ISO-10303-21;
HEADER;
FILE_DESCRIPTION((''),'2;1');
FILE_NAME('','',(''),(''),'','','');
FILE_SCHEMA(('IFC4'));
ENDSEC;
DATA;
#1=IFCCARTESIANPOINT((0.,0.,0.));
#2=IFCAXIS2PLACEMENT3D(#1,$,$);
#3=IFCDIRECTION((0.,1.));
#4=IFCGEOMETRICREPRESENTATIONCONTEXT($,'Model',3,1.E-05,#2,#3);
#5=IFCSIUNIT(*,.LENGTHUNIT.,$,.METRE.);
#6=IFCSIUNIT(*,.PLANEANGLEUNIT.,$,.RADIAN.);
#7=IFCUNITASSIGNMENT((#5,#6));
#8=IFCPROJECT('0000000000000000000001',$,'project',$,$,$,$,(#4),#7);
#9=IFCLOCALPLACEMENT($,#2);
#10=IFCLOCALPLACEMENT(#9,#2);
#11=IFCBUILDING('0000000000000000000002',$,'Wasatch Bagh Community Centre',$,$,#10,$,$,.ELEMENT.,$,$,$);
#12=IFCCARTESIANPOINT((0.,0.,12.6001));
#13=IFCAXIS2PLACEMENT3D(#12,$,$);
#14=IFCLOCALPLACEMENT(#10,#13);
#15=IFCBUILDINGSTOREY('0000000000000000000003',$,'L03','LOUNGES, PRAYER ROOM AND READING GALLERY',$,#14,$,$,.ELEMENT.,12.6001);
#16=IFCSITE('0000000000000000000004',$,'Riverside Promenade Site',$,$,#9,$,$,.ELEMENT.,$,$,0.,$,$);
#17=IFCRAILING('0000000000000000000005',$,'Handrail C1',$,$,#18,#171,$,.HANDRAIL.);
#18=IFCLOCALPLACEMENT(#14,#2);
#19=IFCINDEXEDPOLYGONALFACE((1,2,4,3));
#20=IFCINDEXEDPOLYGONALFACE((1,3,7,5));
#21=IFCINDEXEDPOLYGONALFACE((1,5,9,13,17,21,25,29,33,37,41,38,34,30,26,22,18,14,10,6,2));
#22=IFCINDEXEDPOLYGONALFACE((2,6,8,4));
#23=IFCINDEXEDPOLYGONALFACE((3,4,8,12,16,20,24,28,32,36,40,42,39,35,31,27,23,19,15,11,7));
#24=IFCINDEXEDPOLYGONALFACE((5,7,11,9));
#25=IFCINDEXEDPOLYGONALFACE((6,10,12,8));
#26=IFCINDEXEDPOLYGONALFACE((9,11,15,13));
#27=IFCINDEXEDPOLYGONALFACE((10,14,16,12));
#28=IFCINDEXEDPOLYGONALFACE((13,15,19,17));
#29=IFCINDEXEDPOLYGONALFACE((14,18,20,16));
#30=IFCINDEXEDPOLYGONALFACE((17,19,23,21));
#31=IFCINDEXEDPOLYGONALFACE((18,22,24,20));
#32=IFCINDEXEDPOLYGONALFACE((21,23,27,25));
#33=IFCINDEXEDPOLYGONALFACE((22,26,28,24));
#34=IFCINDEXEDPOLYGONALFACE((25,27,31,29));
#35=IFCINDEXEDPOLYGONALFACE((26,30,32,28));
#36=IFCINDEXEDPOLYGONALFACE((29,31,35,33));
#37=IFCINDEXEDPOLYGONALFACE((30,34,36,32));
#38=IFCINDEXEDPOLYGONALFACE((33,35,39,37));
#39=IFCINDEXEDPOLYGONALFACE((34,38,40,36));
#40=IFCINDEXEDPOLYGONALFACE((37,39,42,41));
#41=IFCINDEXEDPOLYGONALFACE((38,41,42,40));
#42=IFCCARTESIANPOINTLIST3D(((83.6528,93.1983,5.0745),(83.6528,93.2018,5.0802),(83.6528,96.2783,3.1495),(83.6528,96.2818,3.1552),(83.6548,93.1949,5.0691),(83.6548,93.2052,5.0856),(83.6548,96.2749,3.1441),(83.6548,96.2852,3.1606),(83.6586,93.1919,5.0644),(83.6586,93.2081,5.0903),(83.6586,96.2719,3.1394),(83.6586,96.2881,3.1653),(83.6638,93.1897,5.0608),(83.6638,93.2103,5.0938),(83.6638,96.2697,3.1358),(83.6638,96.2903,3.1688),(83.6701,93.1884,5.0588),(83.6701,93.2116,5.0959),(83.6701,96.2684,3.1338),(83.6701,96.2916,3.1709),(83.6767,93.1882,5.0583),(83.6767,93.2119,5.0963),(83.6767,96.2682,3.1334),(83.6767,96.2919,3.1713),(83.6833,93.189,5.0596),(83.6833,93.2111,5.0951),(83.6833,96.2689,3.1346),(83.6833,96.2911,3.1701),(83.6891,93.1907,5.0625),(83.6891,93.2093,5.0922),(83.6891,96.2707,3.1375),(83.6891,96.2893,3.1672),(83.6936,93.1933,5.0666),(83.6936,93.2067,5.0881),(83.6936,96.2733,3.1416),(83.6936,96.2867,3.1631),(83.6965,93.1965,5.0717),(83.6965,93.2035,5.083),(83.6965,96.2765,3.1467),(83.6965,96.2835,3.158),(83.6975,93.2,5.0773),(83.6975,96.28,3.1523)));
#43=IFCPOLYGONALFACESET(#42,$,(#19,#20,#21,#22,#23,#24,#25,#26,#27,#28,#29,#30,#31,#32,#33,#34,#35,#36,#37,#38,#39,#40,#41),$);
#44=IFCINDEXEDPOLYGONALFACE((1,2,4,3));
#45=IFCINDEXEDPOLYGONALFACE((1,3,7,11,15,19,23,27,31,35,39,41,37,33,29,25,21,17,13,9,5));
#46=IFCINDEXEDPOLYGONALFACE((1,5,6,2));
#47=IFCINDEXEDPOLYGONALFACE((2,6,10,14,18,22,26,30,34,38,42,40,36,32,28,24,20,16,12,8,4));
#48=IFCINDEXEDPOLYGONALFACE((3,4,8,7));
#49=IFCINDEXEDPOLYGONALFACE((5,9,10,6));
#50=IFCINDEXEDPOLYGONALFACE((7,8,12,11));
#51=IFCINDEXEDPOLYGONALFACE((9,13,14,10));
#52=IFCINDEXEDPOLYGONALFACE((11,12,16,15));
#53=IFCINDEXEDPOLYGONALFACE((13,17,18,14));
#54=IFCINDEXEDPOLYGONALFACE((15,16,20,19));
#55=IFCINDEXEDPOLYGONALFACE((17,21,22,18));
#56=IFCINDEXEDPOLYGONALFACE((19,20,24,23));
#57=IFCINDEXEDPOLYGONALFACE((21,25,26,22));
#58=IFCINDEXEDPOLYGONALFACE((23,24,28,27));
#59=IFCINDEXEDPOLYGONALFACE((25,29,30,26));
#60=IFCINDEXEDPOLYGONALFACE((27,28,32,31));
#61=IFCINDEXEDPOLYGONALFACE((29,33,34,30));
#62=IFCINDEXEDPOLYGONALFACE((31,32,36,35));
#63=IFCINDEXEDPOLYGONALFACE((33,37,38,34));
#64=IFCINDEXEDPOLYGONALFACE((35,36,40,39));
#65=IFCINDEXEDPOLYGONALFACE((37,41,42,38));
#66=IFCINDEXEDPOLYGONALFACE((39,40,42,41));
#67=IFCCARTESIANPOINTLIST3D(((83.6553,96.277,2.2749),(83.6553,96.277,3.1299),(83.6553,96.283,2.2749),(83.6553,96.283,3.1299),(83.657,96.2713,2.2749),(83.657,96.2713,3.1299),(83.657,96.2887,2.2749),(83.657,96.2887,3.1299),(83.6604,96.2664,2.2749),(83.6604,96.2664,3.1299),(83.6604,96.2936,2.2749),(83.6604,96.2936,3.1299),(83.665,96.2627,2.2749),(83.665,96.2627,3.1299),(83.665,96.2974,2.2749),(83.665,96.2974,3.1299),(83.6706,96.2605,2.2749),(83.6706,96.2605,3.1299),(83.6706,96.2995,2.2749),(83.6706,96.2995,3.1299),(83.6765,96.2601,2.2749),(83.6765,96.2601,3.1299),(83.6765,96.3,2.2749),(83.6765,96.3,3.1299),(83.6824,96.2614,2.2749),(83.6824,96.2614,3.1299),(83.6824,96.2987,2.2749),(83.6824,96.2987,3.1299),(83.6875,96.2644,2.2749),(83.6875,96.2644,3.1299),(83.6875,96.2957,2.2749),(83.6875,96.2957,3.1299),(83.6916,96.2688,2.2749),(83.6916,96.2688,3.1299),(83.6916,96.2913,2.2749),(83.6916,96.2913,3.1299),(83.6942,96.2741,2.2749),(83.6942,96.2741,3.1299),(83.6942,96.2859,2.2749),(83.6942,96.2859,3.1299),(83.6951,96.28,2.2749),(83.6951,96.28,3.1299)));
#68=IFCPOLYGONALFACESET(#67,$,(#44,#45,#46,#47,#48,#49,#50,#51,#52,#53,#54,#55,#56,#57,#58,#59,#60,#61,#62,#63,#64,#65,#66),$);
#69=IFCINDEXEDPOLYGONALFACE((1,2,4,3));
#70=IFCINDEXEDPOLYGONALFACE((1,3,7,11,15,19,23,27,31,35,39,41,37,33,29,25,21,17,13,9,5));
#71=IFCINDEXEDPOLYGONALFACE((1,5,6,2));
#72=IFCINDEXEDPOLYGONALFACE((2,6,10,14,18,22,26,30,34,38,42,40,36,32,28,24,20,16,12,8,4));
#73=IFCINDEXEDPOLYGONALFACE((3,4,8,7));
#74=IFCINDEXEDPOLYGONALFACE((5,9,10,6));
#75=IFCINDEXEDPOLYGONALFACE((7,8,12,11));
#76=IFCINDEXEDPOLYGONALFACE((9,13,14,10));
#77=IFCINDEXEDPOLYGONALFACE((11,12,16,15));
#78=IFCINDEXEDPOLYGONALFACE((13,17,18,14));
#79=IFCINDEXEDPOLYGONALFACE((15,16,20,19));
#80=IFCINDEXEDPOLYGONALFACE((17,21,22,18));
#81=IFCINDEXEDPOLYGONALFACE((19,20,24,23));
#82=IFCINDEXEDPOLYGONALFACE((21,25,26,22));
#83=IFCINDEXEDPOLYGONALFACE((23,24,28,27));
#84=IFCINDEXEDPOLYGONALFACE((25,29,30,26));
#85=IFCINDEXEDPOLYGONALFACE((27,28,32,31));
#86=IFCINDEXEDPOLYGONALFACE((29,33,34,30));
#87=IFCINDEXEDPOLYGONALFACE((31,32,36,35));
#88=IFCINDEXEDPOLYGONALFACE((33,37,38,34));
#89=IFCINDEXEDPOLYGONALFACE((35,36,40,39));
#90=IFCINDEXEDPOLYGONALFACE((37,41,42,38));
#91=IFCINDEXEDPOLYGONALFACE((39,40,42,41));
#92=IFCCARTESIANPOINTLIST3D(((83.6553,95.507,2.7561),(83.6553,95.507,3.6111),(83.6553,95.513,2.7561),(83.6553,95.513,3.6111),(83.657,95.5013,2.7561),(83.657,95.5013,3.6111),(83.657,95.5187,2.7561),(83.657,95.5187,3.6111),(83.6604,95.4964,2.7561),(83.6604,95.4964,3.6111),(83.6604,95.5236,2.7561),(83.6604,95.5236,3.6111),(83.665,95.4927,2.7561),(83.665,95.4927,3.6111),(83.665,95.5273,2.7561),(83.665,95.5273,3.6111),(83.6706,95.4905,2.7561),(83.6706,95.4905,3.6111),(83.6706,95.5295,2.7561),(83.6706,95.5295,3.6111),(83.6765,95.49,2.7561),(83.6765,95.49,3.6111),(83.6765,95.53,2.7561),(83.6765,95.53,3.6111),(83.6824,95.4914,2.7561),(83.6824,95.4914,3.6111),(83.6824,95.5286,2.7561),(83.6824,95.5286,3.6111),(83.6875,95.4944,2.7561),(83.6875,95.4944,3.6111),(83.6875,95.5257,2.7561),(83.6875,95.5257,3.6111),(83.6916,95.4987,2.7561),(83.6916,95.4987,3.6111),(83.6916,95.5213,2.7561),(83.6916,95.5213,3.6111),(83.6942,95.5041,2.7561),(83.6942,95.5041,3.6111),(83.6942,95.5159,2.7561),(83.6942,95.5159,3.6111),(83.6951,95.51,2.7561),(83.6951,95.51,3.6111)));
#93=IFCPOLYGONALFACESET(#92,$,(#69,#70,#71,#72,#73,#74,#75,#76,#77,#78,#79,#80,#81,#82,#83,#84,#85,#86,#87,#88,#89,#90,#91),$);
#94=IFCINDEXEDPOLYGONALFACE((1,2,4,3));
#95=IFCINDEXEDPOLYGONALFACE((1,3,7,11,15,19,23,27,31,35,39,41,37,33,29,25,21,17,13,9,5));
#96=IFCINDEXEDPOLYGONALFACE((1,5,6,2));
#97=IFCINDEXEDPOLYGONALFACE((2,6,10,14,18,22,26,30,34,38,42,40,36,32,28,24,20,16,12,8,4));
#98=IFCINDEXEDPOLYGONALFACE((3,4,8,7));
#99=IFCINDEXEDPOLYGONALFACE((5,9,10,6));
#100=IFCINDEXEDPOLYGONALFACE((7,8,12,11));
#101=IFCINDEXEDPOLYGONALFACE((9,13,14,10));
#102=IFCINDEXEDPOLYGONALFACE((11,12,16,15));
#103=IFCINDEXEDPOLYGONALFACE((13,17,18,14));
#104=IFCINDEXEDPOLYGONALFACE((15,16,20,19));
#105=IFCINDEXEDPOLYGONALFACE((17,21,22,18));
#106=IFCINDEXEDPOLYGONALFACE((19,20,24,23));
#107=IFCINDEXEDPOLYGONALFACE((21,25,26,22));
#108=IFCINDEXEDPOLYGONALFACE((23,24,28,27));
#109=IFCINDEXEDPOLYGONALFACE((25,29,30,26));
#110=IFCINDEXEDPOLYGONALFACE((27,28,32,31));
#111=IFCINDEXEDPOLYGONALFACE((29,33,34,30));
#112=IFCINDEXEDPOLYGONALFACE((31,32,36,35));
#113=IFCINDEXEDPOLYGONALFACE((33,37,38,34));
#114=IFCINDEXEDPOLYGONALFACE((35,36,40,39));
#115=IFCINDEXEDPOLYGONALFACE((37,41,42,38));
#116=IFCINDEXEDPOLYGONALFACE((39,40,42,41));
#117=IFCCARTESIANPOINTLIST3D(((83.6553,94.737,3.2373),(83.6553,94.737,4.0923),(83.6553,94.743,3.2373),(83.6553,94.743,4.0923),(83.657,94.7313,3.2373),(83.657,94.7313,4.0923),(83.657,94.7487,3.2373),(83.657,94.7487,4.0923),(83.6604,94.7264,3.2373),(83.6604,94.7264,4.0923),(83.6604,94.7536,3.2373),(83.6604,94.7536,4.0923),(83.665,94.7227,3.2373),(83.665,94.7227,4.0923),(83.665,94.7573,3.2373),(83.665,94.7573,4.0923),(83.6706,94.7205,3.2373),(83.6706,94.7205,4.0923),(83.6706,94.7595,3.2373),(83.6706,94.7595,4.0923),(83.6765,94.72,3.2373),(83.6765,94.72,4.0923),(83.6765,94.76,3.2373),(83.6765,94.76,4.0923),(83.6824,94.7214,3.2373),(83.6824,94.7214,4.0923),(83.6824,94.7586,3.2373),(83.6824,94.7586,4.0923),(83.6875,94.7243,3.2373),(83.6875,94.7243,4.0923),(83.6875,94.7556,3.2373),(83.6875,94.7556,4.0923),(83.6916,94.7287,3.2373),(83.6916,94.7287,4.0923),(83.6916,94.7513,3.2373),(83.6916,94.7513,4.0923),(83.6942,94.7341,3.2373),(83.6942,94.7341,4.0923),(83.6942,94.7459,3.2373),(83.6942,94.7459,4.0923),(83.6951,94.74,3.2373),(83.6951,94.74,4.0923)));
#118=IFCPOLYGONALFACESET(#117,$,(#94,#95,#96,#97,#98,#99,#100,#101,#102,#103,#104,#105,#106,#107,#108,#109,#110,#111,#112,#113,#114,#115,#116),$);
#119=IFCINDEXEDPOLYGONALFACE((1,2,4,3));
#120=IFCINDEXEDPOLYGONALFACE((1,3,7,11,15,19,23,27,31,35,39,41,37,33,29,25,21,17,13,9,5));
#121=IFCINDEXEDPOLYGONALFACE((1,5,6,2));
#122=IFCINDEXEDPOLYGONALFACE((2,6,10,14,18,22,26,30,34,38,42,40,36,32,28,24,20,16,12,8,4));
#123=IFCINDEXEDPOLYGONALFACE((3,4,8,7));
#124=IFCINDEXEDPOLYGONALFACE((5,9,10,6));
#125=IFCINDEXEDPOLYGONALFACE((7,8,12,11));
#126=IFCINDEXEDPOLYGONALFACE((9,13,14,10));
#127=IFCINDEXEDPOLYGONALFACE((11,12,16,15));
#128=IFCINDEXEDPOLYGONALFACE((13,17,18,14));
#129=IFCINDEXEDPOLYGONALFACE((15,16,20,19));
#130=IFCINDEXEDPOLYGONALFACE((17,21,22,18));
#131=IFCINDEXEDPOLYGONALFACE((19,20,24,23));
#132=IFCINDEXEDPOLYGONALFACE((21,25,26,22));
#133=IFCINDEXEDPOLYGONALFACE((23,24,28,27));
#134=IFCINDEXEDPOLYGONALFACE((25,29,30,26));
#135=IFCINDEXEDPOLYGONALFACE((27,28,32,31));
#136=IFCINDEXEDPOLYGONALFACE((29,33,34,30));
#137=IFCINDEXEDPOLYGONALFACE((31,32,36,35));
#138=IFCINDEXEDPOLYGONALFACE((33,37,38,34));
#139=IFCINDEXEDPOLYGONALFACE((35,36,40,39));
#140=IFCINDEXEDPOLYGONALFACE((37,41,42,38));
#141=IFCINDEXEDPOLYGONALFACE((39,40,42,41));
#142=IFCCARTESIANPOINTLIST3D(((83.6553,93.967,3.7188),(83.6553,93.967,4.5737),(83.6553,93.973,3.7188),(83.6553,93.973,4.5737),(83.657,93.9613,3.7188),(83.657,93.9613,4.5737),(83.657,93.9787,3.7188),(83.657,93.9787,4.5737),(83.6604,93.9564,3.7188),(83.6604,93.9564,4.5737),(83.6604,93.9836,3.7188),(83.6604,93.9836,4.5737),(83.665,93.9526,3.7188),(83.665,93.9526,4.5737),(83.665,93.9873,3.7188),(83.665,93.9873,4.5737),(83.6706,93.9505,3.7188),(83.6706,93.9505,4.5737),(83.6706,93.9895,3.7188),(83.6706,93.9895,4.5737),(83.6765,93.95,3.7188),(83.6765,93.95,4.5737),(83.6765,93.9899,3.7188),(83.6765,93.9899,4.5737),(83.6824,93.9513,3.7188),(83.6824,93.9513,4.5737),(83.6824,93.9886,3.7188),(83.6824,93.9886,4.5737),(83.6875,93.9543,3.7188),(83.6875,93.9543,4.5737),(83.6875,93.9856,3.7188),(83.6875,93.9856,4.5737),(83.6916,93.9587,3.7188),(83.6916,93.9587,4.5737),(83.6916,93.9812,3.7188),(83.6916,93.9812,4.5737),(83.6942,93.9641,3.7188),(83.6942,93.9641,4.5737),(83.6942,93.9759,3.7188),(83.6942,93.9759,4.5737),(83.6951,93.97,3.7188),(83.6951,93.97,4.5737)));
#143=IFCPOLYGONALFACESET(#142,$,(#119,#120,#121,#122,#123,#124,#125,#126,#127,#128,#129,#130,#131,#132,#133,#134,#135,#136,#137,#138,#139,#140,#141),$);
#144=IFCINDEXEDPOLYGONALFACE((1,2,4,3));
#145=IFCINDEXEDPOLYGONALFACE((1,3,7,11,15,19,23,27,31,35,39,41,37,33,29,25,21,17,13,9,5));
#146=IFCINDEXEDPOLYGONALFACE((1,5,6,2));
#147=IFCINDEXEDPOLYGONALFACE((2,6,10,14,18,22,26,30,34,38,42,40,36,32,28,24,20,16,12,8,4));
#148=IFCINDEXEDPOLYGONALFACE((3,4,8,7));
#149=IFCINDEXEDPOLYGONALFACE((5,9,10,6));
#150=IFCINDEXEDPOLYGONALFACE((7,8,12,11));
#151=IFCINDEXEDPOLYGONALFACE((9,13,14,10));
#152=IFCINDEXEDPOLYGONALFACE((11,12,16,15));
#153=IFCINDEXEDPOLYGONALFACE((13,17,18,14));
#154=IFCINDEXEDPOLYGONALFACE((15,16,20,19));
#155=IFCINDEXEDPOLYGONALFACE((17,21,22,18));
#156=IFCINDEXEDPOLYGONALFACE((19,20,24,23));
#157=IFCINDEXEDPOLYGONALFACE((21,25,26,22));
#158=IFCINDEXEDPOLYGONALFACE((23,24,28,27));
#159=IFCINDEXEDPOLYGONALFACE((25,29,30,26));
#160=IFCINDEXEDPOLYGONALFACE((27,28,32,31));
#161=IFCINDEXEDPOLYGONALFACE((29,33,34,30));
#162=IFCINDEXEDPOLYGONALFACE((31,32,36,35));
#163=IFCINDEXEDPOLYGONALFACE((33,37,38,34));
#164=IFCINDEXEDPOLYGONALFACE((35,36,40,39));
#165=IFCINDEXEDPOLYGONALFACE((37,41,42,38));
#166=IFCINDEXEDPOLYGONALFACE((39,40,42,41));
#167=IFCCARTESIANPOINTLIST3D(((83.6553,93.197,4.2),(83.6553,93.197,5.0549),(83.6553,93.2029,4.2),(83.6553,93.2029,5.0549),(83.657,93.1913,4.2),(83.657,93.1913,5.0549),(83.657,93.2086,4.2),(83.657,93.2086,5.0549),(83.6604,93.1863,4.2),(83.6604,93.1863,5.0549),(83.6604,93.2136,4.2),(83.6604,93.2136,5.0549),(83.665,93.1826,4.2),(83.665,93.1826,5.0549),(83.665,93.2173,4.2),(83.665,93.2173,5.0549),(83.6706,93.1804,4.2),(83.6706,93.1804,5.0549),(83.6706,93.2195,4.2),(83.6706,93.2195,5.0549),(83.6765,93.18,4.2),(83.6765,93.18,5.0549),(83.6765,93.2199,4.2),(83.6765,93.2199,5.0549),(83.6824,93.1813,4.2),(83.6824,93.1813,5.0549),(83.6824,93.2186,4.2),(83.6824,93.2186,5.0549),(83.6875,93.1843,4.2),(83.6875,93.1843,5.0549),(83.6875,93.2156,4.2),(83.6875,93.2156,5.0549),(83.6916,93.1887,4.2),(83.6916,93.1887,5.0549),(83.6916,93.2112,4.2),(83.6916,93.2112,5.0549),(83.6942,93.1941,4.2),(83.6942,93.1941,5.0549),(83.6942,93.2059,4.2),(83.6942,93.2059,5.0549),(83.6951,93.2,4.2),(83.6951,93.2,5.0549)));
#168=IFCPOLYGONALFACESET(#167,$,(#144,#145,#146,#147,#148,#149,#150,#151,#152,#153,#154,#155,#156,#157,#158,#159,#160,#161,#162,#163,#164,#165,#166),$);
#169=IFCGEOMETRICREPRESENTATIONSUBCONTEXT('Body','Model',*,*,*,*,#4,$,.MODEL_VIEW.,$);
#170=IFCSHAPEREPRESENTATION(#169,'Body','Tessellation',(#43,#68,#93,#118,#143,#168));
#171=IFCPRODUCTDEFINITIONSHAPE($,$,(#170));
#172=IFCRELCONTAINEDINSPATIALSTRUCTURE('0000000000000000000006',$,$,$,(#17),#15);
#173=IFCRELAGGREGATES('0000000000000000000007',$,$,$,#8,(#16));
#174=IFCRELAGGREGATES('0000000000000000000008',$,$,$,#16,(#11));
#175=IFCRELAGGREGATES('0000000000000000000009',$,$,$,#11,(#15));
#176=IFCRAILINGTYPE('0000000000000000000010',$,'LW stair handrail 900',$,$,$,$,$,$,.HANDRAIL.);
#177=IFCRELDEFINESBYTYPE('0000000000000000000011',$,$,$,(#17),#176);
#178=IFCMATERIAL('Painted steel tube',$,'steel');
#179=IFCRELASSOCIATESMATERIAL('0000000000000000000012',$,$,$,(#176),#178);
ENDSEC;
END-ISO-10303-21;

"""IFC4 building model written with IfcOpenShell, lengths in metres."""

from ifc_helpers import new_model, si_unit, direction, frame, origin, origin_2d, place, context, subcontext, project, spatial, circle, extrude, material, type_object, element, save


model = new_model("IFC4")

# Units and contexts
model_context = context("Model", 3, precision=1e-05, world=origin(), true_north=direction((0.0, 1.0)))
body_context = subcontext(model_context, "Body", "Model", "MODEL_VIEW")
ifc_project = project(units=[si_unit("LENGTHUNIT", "METRE"), si_unit("PLANEANGLEUNIT", "RADIAN")], contexts=[model_context])

# Site, building, storey
site_placement = place(None, origin())
site = spatial("IfcSite", under=ifc_project, at=site_placement, Name="Riverside Promenade Site", CompositionType="ELEMENT", RefElevation=0.0)
building_placement = place(site_placement, origin())
building = spatial("IfcBuilding", under=site, at=building_placement, Name="Wasatch Bagh Community Centre", CompositionType="ELEMENT")
storey_placement = place(building_placement, frame((0.0, 0.0, 12.6001)))
storey = spatial("IfcBuildingStorey", under=building, at=storey_placement, Name="L03", Description="LOUNGES, PRAYER ROOM AND READING GALLERY", CompositionType="ELEMENT", Elevation=12.6001)

# Railing
ifc_material_1 = material(Name="Painted steel tube", Category="steel")
railing_type_1 = type_object("IfcRailingType", Name="LW stair handrail 900", PredefinedType="HANDRAIL", material=ifc_material_1)
for number, where, name in (
    (1, (83.675, 96.28, 2.2749), "Handrail C1"),
):
    element("IfcRailing", number, at=place(storey_placement, frame(where)), inside=storey, type_object=railing_type_1, Name=name, PredefinedType="HANDRAIL", context=body_context, shape_type="SweptSolid", body=[
        extrude(circle(Radius=0.0225, at=origin_2d()), frame((0.0, 0.0, 0.8774), z_axis=(0.0, -0.847998, 0.529999), x_axis=(1.0, 0.0, 0.0)), (0.0, 0.0, 1.0), 3.6321),
        extrude(circle(Radius=0.02, at=origin_2d()), origin(), (0.0, 0.0, 1.0), 0.855),
        extrude(circle(Radius=0.02, at=origin_2d()), frame((0.0, -0.77, 0.4812)), (0.0, 0.0, 1.0), 0.855),
        extrude(circle(Radius=0.02, at=origin_2d()), frame((0.0, -1.54, 0.9624)), (0.0, 0.0, 1.0), 0.855),
        extrude(circle(Radius=0.02, at=origin_2d()), frame((0.0, -2.3101, 1.4438)), (0.0, 0.0, 1.0), 0.855),
        extrude(circle(Radius=0.02, at=origin_2d()), frame((0.0, -3.0801, 1.925)), (0.0, 0.0, 1.0), 0.855),
    ])

save(model, "model.ifc")
